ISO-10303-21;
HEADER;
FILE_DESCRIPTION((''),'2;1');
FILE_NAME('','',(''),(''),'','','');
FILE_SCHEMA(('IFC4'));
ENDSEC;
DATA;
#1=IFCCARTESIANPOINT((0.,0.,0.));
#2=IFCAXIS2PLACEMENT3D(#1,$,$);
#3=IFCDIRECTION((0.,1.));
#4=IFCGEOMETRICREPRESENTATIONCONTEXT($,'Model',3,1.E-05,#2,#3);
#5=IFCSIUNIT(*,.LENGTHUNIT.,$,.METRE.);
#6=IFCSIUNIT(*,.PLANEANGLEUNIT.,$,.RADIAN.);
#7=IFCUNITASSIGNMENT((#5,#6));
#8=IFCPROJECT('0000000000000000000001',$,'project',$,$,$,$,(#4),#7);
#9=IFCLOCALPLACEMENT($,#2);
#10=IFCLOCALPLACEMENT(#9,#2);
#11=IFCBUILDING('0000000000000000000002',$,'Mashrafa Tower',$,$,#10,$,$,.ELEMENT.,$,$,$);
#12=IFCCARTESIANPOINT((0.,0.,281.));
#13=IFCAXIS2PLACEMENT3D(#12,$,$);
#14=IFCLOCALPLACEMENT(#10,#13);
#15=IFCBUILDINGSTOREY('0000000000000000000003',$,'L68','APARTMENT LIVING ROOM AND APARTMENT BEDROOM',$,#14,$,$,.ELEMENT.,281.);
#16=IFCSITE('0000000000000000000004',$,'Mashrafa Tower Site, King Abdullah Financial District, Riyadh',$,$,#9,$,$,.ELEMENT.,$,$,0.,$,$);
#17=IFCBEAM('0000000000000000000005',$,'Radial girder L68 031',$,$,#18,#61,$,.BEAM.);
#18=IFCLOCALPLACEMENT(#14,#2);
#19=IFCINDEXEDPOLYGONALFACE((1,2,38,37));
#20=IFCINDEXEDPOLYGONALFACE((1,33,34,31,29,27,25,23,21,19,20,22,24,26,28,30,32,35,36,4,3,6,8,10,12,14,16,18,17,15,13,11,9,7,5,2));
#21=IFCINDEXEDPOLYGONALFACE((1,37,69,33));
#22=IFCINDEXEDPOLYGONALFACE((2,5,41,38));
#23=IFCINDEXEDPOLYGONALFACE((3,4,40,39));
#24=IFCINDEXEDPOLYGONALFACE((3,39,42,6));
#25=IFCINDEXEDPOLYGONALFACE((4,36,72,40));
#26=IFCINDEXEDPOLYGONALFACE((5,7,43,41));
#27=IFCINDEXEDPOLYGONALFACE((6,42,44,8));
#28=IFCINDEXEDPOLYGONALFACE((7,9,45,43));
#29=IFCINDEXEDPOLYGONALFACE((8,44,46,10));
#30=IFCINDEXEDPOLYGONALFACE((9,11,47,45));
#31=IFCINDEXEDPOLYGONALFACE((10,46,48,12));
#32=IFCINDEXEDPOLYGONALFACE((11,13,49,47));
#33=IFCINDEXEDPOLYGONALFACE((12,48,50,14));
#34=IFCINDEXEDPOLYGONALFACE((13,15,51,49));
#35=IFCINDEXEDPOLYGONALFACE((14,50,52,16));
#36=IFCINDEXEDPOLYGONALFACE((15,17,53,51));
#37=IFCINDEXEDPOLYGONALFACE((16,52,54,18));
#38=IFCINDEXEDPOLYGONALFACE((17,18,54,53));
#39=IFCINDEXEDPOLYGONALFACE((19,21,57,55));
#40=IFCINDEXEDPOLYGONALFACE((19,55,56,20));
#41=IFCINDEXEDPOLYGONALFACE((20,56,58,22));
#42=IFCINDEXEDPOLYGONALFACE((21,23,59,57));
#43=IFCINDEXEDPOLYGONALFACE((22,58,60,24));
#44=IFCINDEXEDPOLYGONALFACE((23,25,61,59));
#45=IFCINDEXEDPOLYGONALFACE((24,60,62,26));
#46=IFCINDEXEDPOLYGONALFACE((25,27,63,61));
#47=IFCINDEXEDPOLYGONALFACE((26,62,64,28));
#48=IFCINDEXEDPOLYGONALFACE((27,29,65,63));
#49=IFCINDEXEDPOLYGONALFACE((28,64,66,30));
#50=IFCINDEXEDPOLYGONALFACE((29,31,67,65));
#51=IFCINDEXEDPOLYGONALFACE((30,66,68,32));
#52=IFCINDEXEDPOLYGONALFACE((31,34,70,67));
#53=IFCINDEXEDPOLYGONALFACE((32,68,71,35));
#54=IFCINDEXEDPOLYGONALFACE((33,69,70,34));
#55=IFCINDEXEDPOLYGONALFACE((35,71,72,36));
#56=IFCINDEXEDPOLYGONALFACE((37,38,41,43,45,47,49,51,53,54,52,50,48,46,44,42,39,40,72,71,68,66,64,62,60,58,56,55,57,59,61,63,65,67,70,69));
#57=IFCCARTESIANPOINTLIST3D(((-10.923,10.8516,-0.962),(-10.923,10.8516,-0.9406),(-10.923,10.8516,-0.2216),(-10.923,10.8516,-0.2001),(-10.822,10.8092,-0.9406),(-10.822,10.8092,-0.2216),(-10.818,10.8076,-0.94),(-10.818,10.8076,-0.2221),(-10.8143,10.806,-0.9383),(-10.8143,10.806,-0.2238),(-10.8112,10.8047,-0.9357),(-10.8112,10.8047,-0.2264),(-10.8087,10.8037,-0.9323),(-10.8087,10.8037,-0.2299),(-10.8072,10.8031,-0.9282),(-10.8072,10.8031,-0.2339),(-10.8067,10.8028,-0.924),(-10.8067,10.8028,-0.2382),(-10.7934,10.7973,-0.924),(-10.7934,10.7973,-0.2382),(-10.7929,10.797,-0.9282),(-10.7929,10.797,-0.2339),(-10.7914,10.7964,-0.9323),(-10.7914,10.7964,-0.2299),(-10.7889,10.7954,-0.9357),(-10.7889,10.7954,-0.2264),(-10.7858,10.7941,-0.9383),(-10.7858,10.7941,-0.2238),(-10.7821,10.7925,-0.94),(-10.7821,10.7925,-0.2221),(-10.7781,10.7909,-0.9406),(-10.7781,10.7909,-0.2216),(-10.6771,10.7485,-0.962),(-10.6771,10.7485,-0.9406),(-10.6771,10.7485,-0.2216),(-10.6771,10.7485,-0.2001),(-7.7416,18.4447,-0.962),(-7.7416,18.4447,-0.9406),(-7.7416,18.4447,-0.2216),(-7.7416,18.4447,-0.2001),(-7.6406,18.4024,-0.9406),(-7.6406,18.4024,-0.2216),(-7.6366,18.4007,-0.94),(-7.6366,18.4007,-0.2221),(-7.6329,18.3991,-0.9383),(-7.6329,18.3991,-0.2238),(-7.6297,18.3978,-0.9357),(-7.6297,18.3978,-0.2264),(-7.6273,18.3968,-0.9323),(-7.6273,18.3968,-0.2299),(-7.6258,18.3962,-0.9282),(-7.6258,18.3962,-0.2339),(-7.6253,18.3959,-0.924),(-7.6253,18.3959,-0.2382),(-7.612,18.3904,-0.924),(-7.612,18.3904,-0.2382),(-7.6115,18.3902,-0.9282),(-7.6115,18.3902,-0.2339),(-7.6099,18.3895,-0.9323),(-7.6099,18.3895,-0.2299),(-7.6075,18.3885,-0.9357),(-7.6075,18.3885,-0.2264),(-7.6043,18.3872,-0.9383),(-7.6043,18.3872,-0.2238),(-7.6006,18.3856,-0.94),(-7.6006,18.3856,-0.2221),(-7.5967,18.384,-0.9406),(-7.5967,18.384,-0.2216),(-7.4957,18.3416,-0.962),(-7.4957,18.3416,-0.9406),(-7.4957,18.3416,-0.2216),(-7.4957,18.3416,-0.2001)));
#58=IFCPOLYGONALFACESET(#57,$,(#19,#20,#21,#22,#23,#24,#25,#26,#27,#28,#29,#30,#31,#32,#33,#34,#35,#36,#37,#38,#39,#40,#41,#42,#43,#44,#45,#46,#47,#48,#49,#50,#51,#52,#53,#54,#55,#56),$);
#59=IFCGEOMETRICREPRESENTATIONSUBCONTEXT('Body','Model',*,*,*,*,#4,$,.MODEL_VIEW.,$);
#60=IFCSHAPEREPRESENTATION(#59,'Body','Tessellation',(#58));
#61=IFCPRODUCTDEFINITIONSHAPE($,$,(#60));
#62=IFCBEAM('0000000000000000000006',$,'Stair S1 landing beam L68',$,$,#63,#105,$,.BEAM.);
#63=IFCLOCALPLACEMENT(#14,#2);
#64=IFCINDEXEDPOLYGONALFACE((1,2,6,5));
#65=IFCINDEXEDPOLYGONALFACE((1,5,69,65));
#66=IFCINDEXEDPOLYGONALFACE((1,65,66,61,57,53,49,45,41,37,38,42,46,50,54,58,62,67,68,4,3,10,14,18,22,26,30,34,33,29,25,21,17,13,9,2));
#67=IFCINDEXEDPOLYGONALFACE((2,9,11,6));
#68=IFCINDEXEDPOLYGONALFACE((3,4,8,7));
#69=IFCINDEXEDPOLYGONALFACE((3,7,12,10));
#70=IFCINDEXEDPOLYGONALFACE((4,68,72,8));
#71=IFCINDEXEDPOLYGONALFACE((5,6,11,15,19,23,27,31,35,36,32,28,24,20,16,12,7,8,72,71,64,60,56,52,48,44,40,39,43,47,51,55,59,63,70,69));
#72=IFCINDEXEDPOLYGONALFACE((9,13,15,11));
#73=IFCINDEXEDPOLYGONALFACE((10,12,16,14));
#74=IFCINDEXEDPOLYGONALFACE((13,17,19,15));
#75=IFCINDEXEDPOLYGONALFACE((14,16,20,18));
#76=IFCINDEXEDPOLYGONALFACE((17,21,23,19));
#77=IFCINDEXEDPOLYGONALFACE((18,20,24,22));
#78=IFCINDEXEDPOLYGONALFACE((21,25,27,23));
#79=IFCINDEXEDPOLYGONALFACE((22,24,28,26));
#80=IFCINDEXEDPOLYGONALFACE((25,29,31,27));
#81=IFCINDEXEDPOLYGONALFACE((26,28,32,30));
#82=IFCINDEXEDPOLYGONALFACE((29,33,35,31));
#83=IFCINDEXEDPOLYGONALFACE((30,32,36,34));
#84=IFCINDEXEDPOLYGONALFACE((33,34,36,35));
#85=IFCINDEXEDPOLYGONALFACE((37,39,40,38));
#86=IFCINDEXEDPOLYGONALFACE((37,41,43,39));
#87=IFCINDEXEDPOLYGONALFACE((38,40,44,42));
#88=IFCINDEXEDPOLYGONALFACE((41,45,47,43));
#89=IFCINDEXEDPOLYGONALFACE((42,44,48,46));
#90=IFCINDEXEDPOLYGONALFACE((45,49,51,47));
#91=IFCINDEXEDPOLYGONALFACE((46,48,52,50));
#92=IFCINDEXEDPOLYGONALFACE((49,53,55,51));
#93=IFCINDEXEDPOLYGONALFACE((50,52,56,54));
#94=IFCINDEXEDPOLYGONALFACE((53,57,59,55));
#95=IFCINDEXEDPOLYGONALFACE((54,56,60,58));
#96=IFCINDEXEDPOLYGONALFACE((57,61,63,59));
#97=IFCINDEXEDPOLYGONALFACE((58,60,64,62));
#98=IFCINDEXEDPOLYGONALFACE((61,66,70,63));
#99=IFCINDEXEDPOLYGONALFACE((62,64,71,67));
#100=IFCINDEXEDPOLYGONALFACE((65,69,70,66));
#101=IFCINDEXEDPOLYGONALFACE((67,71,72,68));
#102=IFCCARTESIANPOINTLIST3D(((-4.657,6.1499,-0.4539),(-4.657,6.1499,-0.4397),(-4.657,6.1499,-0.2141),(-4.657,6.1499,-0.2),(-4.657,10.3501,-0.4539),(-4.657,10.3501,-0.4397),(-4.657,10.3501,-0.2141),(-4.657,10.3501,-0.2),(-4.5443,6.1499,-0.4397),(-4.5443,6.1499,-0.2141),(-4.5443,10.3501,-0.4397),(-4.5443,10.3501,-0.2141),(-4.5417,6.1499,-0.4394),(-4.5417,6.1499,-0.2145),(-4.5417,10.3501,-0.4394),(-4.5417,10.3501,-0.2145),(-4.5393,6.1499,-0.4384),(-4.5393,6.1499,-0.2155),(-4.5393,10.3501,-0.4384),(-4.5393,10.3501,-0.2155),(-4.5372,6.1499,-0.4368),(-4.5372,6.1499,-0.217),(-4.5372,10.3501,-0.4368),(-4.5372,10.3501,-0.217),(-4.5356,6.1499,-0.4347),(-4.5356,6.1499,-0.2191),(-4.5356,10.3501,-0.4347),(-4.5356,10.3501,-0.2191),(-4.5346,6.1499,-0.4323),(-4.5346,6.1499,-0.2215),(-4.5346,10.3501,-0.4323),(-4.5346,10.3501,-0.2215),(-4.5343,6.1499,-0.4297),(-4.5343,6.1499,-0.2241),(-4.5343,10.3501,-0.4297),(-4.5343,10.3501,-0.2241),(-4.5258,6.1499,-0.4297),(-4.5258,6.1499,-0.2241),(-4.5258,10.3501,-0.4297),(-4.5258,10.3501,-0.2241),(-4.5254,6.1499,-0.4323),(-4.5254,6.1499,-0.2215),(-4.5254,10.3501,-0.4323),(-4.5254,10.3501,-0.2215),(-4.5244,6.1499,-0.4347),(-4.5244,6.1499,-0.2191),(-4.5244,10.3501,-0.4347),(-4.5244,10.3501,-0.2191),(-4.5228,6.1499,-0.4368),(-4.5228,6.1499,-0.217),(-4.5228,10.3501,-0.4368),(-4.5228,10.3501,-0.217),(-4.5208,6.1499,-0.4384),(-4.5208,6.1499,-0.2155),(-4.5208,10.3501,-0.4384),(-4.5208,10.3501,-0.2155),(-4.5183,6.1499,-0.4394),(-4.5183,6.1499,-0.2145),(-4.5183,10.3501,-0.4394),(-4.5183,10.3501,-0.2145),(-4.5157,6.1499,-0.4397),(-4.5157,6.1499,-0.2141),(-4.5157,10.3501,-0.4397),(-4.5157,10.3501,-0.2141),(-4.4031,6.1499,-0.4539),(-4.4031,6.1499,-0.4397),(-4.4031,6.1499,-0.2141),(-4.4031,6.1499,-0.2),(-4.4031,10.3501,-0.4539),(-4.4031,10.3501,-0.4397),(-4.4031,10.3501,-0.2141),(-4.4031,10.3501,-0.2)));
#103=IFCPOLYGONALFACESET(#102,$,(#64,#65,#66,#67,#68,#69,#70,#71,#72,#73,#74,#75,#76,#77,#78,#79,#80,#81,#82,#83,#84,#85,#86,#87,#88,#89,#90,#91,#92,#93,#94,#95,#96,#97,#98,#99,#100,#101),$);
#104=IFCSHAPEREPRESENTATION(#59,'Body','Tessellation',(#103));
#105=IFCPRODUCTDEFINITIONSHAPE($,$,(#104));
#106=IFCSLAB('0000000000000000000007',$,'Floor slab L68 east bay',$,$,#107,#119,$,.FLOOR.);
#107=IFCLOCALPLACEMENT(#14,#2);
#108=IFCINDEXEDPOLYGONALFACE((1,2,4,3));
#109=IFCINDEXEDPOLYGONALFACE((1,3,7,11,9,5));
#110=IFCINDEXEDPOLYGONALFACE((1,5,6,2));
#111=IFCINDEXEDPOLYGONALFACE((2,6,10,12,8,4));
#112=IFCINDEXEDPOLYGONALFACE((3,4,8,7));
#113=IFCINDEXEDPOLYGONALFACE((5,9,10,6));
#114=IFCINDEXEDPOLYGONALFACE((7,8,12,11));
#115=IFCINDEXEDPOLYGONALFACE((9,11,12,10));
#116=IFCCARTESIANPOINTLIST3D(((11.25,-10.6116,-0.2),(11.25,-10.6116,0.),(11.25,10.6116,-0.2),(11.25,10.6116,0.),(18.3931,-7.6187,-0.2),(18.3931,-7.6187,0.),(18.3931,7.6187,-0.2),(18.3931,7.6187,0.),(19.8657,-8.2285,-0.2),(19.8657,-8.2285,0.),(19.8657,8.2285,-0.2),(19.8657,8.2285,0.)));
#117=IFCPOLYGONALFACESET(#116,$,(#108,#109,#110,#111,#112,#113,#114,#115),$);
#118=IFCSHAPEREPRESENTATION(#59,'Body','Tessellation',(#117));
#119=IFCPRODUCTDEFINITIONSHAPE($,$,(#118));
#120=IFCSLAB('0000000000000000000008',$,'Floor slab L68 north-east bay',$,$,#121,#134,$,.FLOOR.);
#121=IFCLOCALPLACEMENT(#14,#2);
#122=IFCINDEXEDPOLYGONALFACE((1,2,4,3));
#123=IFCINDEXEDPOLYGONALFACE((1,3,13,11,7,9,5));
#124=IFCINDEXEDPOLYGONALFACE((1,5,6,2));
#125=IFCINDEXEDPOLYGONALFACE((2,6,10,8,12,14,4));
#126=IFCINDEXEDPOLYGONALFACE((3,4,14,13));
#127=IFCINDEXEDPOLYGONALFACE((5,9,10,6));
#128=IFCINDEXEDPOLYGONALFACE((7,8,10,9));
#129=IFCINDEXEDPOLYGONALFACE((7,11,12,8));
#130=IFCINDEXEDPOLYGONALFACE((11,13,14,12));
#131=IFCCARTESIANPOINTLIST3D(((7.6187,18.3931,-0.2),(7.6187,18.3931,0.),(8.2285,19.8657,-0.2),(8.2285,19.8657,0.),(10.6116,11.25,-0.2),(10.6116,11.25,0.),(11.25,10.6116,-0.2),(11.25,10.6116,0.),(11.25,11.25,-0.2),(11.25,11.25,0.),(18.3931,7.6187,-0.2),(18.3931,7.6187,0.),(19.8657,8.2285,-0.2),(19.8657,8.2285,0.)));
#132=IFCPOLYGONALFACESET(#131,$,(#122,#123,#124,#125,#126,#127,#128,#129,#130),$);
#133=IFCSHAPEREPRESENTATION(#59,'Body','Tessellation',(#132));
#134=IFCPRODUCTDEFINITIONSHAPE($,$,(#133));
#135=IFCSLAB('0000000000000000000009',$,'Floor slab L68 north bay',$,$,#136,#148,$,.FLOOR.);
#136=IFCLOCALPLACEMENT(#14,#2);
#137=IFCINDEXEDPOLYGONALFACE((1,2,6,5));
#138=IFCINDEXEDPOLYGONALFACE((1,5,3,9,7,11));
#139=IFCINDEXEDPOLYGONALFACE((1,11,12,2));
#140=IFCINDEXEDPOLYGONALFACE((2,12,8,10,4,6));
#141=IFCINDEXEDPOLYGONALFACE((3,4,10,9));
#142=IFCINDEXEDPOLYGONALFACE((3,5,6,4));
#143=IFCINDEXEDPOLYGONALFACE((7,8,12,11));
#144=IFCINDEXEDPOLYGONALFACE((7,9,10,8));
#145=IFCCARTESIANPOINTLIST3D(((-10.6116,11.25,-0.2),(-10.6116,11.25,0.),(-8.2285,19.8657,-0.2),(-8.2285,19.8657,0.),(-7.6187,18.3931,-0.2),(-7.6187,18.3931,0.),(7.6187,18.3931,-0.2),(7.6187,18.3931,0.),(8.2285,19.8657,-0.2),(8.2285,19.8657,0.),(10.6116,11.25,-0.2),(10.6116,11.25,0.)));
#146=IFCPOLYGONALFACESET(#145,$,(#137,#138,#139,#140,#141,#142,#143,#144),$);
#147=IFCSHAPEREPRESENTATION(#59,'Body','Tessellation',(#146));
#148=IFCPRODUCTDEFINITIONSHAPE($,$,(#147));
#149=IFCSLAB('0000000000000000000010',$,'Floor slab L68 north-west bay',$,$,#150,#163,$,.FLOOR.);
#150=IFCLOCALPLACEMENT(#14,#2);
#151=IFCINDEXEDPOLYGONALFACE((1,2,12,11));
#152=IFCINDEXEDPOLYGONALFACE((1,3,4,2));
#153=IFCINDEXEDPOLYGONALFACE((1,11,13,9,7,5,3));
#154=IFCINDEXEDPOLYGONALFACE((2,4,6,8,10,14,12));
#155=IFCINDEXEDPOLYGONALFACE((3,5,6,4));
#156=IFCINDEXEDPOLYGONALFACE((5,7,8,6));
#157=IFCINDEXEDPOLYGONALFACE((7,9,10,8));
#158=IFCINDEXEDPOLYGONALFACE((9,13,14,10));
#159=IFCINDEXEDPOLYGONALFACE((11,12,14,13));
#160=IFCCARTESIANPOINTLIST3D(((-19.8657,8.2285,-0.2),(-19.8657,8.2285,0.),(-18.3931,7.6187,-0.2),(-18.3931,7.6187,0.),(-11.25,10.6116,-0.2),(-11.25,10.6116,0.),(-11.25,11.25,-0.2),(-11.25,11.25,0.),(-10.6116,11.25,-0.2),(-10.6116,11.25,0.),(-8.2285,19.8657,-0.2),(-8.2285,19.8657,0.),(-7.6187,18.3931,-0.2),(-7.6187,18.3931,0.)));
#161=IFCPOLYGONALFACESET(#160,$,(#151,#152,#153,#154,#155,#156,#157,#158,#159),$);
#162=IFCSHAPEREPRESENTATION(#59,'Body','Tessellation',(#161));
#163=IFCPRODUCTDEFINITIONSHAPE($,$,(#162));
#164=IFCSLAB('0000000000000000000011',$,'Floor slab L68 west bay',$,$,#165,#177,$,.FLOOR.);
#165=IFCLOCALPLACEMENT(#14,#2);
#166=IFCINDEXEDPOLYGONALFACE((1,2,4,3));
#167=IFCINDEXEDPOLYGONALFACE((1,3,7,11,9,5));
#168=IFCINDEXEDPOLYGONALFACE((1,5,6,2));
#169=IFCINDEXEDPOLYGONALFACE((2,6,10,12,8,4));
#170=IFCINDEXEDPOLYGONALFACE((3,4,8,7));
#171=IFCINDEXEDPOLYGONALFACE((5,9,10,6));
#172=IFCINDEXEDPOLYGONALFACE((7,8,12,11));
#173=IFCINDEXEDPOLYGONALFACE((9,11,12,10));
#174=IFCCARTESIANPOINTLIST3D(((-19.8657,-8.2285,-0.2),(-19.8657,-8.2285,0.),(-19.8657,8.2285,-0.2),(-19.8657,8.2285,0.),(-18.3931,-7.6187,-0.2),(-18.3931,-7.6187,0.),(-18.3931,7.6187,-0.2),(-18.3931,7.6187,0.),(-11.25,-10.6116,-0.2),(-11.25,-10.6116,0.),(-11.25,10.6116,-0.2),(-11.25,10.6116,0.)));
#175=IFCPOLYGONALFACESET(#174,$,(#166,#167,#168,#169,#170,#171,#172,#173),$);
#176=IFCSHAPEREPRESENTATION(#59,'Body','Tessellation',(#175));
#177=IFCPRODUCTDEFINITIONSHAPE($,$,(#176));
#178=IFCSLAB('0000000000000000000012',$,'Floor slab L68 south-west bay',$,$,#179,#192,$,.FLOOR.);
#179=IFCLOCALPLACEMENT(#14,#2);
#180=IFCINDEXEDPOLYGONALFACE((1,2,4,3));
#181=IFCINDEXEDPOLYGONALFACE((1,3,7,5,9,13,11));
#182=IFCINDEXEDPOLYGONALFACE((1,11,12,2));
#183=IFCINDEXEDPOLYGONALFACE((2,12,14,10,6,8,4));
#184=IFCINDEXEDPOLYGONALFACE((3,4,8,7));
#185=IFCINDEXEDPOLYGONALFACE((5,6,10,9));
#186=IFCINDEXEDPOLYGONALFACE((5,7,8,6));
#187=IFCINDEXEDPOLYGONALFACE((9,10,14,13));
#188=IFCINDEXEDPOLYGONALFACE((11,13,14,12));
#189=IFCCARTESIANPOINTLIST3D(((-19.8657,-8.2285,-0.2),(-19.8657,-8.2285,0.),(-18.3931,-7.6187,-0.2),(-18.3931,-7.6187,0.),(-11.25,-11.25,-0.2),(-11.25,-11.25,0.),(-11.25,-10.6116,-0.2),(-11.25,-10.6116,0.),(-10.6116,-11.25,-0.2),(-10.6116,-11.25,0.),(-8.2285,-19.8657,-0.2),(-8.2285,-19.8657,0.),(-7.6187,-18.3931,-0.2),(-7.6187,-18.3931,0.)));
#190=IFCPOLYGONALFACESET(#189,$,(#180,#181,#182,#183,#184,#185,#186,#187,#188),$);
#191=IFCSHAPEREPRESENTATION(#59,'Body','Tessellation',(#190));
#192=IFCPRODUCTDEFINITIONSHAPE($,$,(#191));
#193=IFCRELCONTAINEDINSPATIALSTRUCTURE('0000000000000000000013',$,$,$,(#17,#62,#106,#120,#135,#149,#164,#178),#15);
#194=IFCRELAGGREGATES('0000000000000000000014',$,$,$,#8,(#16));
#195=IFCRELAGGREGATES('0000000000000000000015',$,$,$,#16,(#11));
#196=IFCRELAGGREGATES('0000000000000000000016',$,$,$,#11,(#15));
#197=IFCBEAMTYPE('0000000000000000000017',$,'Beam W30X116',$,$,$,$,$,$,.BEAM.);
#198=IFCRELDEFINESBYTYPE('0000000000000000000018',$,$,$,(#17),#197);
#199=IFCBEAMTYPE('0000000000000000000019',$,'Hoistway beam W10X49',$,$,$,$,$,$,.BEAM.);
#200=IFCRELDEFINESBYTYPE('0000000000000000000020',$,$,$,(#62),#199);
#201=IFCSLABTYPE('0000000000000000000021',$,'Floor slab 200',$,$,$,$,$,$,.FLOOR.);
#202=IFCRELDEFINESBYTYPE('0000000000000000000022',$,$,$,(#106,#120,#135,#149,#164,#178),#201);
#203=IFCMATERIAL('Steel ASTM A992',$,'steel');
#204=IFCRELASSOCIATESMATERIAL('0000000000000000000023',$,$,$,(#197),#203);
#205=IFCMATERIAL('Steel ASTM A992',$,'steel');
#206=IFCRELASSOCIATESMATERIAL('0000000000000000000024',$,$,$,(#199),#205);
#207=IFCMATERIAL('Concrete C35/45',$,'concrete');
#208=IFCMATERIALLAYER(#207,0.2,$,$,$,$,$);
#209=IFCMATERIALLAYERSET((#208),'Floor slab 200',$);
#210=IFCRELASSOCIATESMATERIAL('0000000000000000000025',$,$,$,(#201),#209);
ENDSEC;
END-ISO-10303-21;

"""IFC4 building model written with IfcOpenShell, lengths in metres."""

from ifc_helpers import new_model, si_unit, direction, frame, origin, origin_2d, place, context, subcontext, project, spatial, polyline, i_section, outline, extrude, material, layer, layer_set, material_profile, profile_set, type_object, element, save


model = new_model("IFC4")

# Units and contexts
model_context = context("Model", 3, precision=1e-05, world=origin(), true_north=direction((0.0, 1.0)))
body_context = subcontext(model_context, "Body", "Model", "MODEL_VIEW")
ifc_project = project(units=[si_unit("LENGTHUNIT", "METRE"), si_unit("PLANEANGLEUNIT", "RADIAN")], contexts=[model_context])

# Site, building, storey
site_placement = place(None, origin())
site = spatial("IfcSite", under=ifc_project, at=site_placement, Name="Mashrafa Tower Site, King Abdullah Financial District, Riyadh", CompositionType="ELEMENT", RefElevation=0.0)
building_placement = place(site_placement, origin())
building = spatial("IfcBuilding", under=site, at=building_placement, Name="Mashrafa Tower", CompositionType="ELEMENT")
storey_placement = place(building_placement, frame((0.0, 0.0, 281.0)))
storey = spatial("IfcBuildingStorey", under=building, at=storey_placement, Name="L68", Description="APARTMENT LIVING ROOM AND APARTMENT BEDROOM", CompositionType="ELEMENT", Elevation=281.0)

# Beams
ifc_material_1 = material(Name="Steel ASTM A992", Category="steel")
ifc_material_profile_1 = material_profile(ifc_material_1, i_section(OverallWidth=0.2666, OverallDepth=0.762, WebThickness=0.0144, FlangeThickness=0.0215, FilletRadius=0.0166, at=origin_2d()), Name="W30X116")
ifc_profile_set_1 = profile_set([ifc_material_profile_1], Name="Steel ASTM A992")
beam_type_1 = type_object("IfcBeamType", Name="Beam W30X116", PredefinedType="BEAM", material=ifc_profile_set_1)
beam_1_placement = place(storey_placement, frame((-10.8, 10.8, -0.5811), z_axis=(0.38644, 0.922314, 0.0), x_axis=(-0.922314, 0.38644, 0.0)))
element("IfcBeam", 1, at=beam_1_placement, inside=storey, type_object=beam_type_1, Name="Radial girder L68 031", PredefinedType="BEAM", context=body_context, shape_type="SweptSolid", body=[
    extrude(i_section(OverallWidth=0.2666, OverallDepth=0.762, WebThickness=0.0144, FlangeThickness=0.0215, FilletRadius=0.0166, at=origin_2d()), origin(), (0.0, 0.0, 1.0), 8.2327),
])
ifc_material_2 = material(Name="Steel ASTM A992", Category="steel")
ifc_material_profile_2 = material_profile(ifc_material_2, i_section(OverallWidth=0.2539, OverallDepth=0.2539, WebThickness=0.0085, FlangeThickness=0.0142, FilletRadius=0.01, at=origin_2d()), Name="W10X49")
ifc_profile_set_2 = profile_set([ifc_material_profile_2], Name="Steel ASTM A992")
beam_type_2 = type_object("IfcBeamType", Name="Hoistway beam W10X49", PredefinedType="BEAM", material=ifc_profile_set_2)
beam_2_placement = place(storey_placement, frame((-4.53, 6.1499, -0.3269), z_axis=(0.0, 1.0, 0.0), x_axis=(-1.0, 0.0, 0.0)))
element("IfcBeam", 2, at=beam_2_placement, inside=storey, type_object=beam_type_2, Name="Stair S1 landing beam L68", PredefinedType="BEAM", context=body_context, shape_type="SweptSolid", body=[
    extrude(i_section(OverallWidth=0.2539, OverallDepth=0.2539, WebThickness=0.0085, FlangeThickness=0.0142, FilletRadius=0.01, at=origin_2d()), origin(), (0.0, 0.0, 1.0), 4.2002),
])

# Slabs
ifc_material_3 = material(Name="Concrete C35/45", Category="concrete")
ifc_layer_1 = layer(ifc_material_3, 0.2)
ifc_layer_set_1 = layer_set([ifc_layer_1], Name="Floor slab 200")
slab_type = type_object("IfcSlabType", Name="Floor slab 200", PredefinedType="FLOOR", material=ifc_layer_set_1)
slab_1_placement = place(storey_placement, frame((0.0, 0.0, -0.2)))
element("IfcSlab", 3, at=slab_1_placement, inside=storey, type_object=slab_type, Name="Floor slab L68 east bay", PredefinedType="FLOOR", context=body_context, shape_type="SweptSolid", body=[
    extrude(outline(polyline([(19.8657, 8.2285), (19.8657, -8.2285), (19.8657, -8.2285), (18.3931, -7.6187), (11.25, -10.6116), (11.25, 10.6116), (18.3931, 7.6187), (19.8657, 8.2285), (19.8657, 8.2285)])), origin(), (0.0, 0.0, 1.0), 0.2),
])
slab_2_placement = place(storey_placement, frame((0.0, 0.0, -0.2)))
element("IfcSlab", 4, at=slab_2_placement, inside=storey, type_object=slab_type, Name="Floor slab L68 north-east bay", PredefinedType="FLOOR", context=body_context, shape_type="SweptSolid", body=[
    extrude(outline(polyline([(19.8657, 8.2285), (18.3931, 7.6187), (11.25, 10.6116), (11.25, 11.25), (10.6116, 11.25), (7.6187, 18.3931), (8.2285, 19.8657), (19.8657, 8.2285)])), origin(), (0.0, 0.0, 1.0), 0.2),
])
slab_3_placement = place(storey_placement, frame((0.0, 0.0, -0.2)))
element("IfcSlab", 5, at=slab_3_placement, inside=storey, type_object=slab_type, Name="Floor slab L68 north bay", PredefinedType="FLOOR", context=body_context, shape_type="SweptSolid", body=[
    extrude(outline(polyline([(-8.2285, 19.8657), (8.2285, 19.8657), (8.2285, 19.8657), (7.6187, 18.3931), (10.6116, 11.25), (-10.6116, 11.25), (-7.6187, 18.3931), (-8.2285, 19.8657), (-8.2285, 19.8657)])), origin(), (0.0, 0.0, 1.0), 0.2),
])
slab_4_placement = place(storey_placement, frame((0.0, 0.0, -0.2)))
element("IfcSlab", 6, at=slab_4_placement, inside=storey, type_object=slab_type, Name="Floor slab L68 north-west bay", PredefinedType="FLOOR", context=body_context, shape_type="SweptSolid", body=[
    extrude(outline(polyline([(-8.2285, 19.8657), (-7.6187, 18.3931), (-10.6116, 11.25), (-11.25, 11.25), (-11.25, 10.6116), (-18.3931, 7.6187), (-19.8657, 8.2285), (-8.2285, 19.8657)])), origin(), (0.0, 0.0, 1.0), 0.2),
])
slab_5_placement = place(storey_placement, frame((0.0, 0.0, -0.2)))
element("IfcSlab", 7, at=slab_5_placement, inside=storey, type_object=slab_type, Name="Floor slab L68 west bay", PredefinedType="FLOOR", context=body_context, shape_type="SweptSolid", body=[
    extrude(outline(polyline([(-19.8657, -8.2285), (-19.8657, 8.2285), (-19.8657, 8.2285), (-18.3931, 7.6187), (-11.25, 10.6116), (-11.25, -10.6116), (-18.3931, -7.6187), (-19.8657, -8.2285), (-19.8657, -8.2285)])), origin(), (0.0, 0.0, 1.0), 0.2),
])
slab_6_placement = place(storey_placement, frame((0.0, 0.0, -0.2)))
element("IfcSlab", 8, at=slab_6_placement, inside=storey, type_object=slab_type, Name="Floor slab L68 south-west bay", PredefinedType="FLOOR", context=body_context, shape_type="SweptSolid", body=[
    extrude(outline(polyline([(-19.8657, -8.2285), (-18.3931, -7.6187), (-11.25, -10.6116), (-11.25, -11.25), (-10.6116, -11.25), (-7.6187, -18.3931), (-8.2285, -19.8657), (-19.8657, -8.2285)])), origin(), (0.0, 0.0, 1.0), 0.2),
])

save(model, "model.ifc")
